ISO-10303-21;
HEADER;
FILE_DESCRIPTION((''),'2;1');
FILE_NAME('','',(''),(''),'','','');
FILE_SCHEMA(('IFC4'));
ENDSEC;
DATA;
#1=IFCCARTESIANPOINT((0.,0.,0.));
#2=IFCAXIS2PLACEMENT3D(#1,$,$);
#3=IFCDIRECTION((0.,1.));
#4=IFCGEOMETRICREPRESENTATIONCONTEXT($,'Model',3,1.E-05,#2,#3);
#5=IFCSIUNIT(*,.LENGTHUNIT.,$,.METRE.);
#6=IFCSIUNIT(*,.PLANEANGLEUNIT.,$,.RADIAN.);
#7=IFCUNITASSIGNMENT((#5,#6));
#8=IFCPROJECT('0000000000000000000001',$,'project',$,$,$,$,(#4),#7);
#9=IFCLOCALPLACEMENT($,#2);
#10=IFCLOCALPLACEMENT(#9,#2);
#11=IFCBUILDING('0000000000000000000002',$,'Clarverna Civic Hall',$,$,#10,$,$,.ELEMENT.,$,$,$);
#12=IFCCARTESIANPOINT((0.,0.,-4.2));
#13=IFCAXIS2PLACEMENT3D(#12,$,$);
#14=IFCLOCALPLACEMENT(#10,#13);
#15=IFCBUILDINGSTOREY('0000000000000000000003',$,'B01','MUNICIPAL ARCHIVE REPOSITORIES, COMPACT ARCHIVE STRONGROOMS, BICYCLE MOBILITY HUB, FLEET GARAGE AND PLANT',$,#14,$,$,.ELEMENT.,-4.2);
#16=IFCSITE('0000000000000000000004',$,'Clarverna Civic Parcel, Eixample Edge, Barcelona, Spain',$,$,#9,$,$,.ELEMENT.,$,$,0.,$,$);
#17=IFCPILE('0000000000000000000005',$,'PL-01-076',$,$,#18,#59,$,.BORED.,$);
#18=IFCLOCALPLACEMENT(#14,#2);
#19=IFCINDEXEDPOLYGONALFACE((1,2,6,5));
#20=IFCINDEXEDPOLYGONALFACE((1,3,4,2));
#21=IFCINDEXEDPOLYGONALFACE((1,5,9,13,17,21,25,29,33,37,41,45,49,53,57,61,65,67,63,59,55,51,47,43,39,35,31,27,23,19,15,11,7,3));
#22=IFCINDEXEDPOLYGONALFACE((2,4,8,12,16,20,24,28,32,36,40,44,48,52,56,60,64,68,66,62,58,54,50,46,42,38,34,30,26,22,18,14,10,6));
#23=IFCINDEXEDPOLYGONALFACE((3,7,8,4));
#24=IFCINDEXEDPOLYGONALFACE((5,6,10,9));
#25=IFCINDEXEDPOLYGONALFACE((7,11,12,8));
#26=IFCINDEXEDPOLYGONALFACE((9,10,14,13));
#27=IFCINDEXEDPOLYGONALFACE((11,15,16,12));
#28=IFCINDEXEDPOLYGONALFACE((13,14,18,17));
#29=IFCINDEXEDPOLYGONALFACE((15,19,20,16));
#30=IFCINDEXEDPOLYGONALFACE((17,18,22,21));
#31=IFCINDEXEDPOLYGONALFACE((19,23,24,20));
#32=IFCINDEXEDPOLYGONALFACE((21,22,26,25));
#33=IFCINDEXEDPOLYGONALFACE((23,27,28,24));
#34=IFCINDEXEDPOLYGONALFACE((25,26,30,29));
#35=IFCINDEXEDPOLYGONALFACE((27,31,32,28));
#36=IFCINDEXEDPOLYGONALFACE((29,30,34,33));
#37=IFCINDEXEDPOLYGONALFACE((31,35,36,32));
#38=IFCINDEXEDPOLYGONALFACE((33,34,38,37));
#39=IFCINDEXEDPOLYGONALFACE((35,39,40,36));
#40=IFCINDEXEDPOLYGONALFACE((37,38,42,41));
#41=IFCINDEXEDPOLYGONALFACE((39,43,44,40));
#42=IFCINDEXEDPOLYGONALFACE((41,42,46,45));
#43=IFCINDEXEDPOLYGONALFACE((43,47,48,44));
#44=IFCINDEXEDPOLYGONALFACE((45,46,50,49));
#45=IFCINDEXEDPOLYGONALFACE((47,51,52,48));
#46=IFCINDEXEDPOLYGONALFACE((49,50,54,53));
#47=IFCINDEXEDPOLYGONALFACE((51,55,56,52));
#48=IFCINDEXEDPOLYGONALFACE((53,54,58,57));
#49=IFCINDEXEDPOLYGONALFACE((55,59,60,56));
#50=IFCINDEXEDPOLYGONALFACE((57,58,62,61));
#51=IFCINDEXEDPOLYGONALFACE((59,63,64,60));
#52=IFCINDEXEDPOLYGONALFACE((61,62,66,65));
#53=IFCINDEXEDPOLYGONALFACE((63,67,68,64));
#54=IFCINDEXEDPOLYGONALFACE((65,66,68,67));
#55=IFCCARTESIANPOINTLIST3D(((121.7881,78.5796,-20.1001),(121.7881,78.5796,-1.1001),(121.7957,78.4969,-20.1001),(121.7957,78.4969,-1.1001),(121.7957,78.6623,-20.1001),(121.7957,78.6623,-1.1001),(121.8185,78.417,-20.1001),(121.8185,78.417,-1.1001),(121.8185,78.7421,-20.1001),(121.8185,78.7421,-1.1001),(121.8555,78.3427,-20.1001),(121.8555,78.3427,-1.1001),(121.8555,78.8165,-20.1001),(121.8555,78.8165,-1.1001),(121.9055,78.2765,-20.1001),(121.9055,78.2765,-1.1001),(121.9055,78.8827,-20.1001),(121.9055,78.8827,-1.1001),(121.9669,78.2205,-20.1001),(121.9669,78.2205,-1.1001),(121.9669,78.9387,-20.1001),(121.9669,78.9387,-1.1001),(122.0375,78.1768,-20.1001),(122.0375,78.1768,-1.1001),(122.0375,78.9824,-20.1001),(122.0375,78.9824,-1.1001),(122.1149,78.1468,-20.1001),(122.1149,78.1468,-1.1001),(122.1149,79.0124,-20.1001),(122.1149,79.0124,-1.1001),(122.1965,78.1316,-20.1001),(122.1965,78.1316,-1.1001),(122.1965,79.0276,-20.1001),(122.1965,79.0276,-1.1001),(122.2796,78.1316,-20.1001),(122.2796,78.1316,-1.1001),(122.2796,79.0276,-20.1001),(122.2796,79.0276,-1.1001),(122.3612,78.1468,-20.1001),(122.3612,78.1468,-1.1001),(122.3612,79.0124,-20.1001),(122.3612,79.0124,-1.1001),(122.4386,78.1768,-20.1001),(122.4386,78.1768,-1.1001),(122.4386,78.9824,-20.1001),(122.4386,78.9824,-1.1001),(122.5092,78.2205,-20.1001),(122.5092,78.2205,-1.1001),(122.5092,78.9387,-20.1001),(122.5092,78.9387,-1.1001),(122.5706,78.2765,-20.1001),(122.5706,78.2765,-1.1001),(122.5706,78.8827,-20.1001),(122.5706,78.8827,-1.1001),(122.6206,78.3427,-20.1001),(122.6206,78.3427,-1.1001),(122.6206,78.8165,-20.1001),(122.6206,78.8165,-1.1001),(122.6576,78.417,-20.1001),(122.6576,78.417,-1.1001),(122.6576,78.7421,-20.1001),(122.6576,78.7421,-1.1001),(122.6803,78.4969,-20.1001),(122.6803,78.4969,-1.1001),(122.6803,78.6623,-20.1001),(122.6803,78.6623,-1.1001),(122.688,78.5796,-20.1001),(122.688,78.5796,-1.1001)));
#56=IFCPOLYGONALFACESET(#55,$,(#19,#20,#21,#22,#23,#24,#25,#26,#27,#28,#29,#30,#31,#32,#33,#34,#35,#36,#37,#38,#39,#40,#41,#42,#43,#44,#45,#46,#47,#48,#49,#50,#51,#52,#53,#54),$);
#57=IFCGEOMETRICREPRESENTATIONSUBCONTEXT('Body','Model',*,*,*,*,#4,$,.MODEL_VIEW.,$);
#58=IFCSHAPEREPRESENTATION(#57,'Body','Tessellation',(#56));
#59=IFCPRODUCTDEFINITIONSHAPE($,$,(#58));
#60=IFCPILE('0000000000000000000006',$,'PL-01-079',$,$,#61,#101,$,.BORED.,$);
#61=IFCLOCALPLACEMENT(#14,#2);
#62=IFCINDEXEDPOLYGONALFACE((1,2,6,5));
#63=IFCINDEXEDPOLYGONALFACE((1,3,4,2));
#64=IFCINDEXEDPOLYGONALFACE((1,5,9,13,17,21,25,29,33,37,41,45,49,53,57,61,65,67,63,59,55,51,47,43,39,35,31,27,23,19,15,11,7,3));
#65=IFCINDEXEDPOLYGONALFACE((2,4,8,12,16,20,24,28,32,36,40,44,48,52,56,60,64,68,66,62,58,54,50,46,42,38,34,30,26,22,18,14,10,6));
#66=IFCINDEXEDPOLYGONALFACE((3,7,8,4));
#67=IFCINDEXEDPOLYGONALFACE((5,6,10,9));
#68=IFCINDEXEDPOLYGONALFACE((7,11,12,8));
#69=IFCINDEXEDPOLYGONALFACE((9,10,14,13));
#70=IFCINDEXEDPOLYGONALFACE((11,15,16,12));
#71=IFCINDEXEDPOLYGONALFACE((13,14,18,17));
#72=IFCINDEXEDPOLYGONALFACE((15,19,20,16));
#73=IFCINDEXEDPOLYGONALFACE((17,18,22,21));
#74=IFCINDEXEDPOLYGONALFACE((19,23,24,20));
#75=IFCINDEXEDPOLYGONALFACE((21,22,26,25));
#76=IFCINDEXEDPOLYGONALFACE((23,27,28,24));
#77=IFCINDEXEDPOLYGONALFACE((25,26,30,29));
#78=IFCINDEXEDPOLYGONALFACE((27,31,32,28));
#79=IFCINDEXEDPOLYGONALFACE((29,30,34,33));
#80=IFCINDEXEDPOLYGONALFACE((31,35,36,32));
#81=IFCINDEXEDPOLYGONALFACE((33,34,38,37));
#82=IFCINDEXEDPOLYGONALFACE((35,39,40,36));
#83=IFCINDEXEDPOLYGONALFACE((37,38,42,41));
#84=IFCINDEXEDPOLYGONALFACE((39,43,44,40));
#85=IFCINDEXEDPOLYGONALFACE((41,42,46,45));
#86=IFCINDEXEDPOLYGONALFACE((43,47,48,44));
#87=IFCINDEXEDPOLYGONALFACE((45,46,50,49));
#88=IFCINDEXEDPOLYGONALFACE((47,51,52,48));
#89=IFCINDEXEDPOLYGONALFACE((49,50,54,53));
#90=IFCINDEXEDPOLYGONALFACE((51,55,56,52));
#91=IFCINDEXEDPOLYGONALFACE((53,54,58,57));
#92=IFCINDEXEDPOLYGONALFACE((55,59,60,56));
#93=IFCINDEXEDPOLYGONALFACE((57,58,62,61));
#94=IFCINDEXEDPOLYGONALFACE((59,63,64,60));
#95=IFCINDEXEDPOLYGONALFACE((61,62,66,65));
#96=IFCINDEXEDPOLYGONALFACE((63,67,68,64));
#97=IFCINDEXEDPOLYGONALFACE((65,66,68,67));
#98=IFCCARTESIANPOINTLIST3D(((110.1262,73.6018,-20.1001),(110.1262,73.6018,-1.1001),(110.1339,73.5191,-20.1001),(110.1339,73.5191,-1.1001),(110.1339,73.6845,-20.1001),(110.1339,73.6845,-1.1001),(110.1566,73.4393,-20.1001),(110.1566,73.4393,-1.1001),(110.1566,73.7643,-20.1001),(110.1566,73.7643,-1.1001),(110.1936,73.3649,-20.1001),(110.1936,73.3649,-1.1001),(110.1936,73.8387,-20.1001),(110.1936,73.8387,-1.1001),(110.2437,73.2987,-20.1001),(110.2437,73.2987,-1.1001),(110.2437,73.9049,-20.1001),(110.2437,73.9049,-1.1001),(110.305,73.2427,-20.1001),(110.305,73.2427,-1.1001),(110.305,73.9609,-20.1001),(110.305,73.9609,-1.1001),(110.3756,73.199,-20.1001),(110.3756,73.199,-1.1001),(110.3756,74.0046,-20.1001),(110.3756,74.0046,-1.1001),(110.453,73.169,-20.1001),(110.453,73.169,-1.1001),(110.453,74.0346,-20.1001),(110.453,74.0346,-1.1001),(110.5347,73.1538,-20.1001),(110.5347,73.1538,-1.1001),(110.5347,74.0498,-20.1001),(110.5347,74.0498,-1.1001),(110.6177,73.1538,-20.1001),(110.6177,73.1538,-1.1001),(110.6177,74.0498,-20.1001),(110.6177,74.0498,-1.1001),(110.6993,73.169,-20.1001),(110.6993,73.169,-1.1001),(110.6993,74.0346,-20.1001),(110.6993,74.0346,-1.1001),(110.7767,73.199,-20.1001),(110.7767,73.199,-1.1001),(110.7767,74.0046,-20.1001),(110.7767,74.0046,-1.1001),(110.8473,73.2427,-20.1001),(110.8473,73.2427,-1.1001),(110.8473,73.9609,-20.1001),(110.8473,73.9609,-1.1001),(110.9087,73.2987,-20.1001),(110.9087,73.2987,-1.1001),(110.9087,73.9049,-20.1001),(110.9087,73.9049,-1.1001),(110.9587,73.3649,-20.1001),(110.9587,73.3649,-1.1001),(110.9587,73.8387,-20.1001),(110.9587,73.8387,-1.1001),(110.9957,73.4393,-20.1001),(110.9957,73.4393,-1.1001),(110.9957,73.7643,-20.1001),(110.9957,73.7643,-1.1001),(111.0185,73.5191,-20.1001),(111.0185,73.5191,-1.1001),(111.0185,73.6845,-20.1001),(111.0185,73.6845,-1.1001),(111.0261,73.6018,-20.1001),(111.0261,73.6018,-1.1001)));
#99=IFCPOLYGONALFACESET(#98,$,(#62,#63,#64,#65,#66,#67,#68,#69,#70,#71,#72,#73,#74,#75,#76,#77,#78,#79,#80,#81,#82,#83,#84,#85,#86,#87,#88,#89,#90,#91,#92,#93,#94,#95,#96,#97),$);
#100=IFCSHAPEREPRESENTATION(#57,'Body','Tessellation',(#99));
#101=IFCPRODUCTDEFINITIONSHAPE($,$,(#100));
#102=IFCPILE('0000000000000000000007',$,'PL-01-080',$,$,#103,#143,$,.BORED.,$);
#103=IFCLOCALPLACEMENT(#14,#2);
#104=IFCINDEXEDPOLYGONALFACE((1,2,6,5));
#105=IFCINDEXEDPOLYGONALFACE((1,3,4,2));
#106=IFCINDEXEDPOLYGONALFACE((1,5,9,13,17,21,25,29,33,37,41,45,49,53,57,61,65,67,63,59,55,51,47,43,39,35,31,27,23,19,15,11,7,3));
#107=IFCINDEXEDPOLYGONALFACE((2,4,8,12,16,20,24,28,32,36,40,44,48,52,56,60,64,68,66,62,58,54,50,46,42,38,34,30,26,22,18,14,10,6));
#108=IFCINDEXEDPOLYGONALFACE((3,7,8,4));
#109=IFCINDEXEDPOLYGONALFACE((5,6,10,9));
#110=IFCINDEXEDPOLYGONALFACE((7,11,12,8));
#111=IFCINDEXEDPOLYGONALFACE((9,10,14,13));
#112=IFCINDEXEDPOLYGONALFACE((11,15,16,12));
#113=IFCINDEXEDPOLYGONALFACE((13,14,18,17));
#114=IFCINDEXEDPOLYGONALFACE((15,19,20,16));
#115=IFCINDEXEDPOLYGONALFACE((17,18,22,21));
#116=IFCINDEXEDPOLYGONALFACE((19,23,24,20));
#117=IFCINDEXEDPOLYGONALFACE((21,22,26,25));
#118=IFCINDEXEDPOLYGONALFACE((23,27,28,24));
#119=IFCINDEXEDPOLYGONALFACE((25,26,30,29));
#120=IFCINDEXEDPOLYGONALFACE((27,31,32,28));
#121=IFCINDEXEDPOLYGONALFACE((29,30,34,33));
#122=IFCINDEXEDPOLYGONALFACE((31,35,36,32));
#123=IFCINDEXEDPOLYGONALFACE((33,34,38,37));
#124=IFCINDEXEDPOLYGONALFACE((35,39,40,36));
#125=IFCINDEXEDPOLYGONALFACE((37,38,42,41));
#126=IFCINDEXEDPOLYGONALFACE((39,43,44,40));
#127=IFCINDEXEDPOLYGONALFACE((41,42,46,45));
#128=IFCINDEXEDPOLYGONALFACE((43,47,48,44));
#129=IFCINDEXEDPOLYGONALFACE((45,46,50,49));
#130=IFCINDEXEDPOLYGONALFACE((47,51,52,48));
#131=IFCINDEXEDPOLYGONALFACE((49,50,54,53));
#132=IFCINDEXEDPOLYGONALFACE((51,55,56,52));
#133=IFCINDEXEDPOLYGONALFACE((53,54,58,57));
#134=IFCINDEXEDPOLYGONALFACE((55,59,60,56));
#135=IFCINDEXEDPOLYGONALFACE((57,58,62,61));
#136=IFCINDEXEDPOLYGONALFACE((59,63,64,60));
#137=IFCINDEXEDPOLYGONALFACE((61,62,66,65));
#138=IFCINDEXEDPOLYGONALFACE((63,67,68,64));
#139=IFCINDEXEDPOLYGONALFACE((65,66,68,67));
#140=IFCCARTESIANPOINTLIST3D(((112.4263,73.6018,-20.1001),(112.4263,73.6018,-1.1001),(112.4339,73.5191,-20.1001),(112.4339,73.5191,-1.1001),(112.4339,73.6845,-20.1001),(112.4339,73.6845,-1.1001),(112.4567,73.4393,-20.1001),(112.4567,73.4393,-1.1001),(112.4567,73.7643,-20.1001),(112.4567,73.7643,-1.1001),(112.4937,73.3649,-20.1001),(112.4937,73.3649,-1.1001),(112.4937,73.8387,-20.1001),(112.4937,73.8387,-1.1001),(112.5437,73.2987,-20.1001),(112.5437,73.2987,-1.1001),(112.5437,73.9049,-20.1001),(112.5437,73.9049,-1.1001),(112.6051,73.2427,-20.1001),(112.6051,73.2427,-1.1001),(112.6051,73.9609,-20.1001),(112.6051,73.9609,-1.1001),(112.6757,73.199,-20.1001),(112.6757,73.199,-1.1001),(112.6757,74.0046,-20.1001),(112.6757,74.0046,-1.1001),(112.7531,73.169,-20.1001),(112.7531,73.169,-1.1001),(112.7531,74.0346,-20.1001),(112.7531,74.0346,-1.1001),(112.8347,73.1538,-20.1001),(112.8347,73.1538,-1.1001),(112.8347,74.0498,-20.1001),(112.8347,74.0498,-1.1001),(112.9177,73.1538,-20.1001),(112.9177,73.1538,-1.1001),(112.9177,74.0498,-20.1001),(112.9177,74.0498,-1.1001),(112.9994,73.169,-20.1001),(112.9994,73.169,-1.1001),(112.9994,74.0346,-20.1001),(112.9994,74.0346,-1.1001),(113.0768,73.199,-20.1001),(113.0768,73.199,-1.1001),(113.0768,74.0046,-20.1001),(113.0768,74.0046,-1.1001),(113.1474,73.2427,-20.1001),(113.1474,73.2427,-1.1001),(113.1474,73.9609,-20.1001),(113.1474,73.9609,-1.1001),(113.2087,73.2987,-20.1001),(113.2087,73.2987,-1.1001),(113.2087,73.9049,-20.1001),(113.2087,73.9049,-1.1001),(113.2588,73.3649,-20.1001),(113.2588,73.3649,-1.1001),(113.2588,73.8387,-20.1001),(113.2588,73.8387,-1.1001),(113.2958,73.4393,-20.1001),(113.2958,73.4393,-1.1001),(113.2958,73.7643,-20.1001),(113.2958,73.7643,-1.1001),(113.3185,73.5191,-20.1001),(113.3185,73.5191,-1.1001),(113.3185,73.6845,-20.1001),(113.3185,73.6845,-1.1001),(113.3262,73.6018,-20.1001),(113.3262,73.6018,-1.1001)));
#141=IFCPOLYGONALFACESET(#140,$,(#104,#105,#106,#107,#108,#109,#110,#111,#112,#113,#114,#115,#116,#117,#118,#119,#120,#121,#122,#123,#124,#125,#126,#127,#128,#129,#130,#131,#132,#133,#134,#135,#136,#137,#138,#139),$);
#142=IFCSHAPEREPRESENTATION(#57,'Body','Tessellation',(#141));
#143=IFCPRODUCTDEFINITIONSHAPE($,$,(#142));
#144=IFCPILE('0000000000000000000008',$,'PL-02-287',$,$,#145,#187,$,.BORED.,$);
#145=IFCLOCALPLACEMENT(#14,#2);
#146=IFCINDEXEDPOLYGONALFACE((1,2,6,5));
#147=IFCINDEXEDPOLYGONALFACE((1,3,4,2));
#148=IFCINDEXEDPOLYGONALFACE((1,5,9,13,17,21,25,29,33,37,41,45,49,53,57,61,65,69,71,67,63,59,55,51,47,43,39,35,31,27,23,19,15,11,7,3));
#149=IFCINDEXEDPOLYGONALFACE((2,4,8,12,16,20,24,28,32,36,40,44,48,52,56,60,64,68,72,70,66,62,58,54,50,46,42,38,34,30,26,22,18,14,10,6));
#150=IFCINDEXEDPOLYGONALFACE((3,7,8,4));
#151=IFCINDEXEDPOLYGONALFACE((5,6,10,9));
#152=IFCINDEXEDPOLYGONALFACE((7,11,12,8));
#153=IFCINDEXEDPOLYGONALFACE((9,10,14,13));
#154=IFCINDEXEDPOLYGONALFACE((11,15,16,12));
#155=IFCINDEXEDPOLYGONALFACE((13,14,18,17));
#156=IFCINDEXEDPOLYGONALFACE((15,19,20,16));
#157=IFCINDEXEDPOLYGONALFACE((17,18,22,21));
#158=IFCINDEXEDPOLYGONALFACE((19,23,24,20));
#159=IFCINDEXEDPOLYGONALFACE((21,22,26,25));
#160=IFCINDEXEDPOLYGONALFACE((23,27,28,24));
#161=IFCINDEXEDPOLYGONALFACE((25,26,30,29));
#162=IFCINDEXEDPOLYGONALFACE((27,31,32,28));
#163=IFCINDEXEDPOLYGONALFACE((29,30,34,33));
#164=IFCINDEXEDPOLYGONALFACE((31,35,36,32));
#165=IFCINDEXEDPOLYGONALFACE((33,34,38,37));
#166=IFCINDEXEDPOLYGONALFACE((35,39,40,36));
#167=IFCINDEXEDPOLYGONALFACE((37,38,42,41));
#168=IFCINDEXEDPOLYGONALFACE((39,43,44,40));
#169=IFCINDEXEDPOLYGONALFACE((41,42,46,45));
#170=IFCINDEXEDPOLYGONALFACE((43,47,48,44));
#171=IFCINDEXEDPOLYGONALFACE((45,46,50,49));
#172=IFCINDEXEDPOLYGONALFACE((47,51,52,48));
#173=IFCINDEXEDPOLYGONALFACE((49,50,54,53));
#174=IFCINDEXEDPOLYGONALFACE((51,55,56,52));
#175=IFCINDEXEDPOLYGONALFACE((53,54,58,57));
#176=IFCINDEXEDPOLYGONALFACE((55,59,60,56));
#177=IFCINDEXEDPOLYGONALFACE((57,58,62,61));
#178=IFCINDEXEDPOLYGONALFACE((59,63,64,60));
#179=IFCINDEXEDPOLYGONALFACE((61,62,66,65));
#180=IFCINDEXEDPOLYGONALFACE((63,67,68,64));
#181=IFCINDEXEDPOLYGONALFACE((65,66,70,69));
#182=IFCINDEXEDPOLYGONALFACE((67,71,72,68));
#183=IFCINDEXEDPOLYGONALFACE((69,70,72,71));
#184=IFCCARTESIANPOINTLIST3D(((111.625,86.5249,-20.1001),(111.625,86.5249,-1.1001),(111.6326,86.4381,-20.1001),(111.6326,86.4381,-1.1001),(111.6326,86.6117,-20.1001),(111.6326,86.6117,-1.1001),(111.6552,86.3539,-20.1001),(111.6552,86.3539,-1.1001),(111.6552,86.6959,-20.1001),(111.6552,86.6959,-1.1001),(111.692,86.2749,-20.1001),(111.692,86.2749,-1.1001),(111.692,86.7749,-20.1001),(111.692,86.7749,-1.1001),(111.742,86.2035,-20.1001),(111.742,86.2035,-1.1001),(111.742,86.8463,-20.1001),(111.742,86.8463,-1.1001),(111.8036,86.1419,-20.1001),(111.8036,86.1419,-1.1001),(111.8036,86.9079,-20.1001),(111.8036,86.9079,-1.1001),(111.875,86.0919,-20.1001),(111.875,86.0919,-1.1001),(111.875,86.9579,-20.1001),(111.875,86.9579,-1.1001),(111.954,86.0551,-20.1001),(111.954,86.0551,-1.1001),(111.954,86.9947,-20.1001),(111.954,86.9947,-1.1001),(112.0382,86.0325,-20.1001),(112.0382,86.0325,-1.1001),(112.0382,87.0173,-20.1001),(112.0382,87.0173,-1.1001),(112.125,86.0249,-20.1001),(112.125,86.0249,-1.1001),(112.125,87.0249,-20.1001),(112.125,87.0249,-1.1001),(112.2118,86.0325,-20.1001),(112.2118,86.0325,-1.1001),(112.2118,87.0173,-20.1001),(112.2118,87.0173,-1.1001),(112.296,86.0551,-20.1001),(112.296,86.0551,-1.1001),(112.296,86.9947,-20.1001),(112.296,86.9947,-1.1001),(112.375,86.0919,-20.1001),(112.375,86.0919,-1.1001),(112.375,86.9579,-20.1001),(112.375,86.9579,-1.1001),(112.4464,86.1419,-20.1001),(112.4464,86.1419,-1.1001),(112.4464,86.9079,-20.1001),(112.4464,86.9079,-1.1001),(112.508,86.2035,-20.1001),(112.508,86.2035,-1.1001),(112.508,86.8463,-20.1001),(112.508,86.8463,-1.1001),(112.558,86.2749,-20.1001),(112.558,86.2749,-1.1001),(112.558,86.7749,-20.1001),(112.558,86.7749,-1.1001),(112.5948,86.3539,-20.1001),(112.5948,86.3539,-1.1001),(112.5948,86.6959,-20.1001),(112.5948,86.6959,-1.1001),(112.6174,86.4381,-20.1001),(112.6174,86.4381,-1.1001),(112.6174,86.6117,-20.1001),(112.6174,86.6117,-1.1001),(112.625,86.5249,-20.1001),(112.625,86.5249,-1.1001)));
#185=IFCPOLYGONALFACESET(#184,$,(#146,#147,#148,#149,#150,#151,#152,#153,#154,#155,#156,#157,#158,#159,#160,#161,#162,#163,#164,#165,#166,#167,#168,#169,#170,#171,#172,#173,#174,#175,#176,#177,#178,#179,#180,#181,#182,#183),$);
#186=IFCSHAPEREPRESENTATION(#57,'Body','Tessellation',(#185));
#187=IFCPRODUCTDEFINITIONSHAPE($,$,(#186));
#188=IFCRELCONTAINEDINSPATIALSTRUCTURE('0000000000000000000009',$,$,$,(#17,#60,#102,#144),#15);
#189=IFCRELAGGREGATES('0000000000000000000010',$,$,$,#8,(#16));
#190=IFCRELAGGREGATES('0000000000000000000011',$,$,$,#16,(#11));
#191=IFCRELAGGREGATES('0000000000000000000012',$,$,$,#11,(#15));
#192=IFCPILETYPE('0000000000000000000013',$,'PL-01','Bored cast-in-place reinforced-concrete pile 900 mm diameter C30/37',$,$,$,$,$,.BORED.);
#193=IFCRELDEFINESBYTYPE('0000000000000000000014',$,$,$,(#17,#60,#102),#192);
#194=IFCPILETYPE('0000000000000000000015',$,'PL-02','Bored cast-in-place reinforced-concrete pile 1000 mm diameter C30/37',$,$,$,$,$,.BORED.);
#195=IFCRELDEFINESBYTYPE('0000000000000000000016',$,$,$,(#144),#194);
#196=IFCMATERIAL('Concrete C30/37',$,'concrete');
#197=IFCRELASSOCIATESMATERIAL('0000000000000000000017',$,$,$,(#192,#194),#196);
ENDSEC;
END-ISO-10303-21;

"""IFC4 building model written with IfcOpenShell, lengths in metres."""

from ifc_helpers import new_model, si_unit, direction, frame, origin, origin_2d, place, context, subcontext, project, spatial, circle, extrude, material, material_profile, profile_set, type_object, element, save


model = new_model("IFC4")

# Units and contexts
model_context = context("Model", 3, precision=1e-05, world=origin(), true_north=direction((0.0, 1.0)))
body_context = subcontext(model_context, "Body", "Model", "MODEL_VIEW")
ifc_project = project(units=[si_unit("LENGTHUNIT", "METRE"), si_unit("PLANEANGLEUNIT", "RADIAN")], contexts=[model_context])

# Site, building, storey
site_placement = place(None, origin())
site = spatial("IfcSite", under=ifc_project, at=site_placement, Name="Clarverna Civic Parcel, Eixample Edge, Barcelona, Spain", CompositionType="ELEMENT", RefElevation=0.0)
building_placement = place(site_placement, origin())
building = spatial("IfcBuilding", under=site, at=building_placement, Name="Clarverna Civic Hall", CompositionType="ELEMENT")
storey_placement = place(building_placement, frame((0.0, 0.0, -4.2)))
storey = spatial("IfcBuildingStorey", under=building, at=storey_placement, Name="B01", Description="MUNICIPAL ARCHIVE REPOSITORIES, COMPACT ARCHIVE STRONGROOMS, BICYCLE MOBILITY HUB, FLEET GARAGE AND PLANT", CompositionType="ELEMENT", Elevation=-4.2)

# Shared definitions
ifc_material_1 = material(Name="Concrete C30/37", Category="concrete")

# Piles
ifc_material_profile_1 = material_profile(ifc_material_1, circle(Radius=0.45, at=origin_2d()), Name="BORED PILE D900")
ifc_profile_set_1 = profile_set([ifc_material_profile_1], Name="Concrete C30/37")
pile_type_1 = type_object("IfcPileType", Name="PL-01", Description="Bored cast-in-place reinforced-concrete pile 900 mm diameter C30/37", PredefinedType="BORED", material=ifc_profile_set_1)
for number, where, z_axis, x_axis, name in (
    (1, (122.238, 78.5796, -1.1001), (0.0, 0.0, -1.0), (1.0, 0.0, 0.0), "PL-01-076"),
    (2, (110.5762, 73.6018, -1.1001), (0.0, 0.0, -1.0), (1.0, 0.0, 0.0), "PL-01-079"),
    (3, (112.8762, 73.6018, -1.1001), (0.0, 0.0, -1.0), (1.0, 0.0, 0.0), "PL-01-080"),
):
    element("IfcPile", number, at=place(storey_placement, frame(where, z_axis=z_axis, x_axis=x_axis)), inside=storey, type_object=pile_type_1, Name=name, PredefinedType="BORED", context=body_context, shape_type="SweptSolid", body=[
        extrude(circle(Radius=0.45, at=origin_2d()), origin(), (0.0, 0.0, 1.0), 19.0),
    ])
ifc_material_profile_2 = material_profile(ifc_material_1, circle(Radius=0.5, at=origin_2d()), Name="BORED PILE D1000")
ifc_profile_set_2 = profile_set([ifc_material_profile_2], Name="Concrete C30/37")
pile_type_2 = type_object("IfcPileType", Name="PL-02", Description="Bored cast-in-place reinforced-concrete pile 1000 mm diameter C30/37", PredefinedType="BORED", material=ifc_profile_set_2)
for number, where, z_axis, x_axis, name in (
    (4, (112.125, 86.5249, -1.1001), (0.0, 0.0, -1.0), (1.0, 0.0, 0.0), "PL-02-287"),
):
    element("IfcPile", number, at=place(storey_placement, frame(where, z_axis=z_axis, x_axis=x_axis)), inside=storey, type_object=pile_type_2, Name=name, PredefinedType="BORED", context=body_context, shape_type="SweptSolid", body=[
        extrude(circle(Radius=0.5, at=origin_2d()), origin(), (0.0, 0.0, 1.0), 19.0),
    ])

save(model, "model.ifc")
